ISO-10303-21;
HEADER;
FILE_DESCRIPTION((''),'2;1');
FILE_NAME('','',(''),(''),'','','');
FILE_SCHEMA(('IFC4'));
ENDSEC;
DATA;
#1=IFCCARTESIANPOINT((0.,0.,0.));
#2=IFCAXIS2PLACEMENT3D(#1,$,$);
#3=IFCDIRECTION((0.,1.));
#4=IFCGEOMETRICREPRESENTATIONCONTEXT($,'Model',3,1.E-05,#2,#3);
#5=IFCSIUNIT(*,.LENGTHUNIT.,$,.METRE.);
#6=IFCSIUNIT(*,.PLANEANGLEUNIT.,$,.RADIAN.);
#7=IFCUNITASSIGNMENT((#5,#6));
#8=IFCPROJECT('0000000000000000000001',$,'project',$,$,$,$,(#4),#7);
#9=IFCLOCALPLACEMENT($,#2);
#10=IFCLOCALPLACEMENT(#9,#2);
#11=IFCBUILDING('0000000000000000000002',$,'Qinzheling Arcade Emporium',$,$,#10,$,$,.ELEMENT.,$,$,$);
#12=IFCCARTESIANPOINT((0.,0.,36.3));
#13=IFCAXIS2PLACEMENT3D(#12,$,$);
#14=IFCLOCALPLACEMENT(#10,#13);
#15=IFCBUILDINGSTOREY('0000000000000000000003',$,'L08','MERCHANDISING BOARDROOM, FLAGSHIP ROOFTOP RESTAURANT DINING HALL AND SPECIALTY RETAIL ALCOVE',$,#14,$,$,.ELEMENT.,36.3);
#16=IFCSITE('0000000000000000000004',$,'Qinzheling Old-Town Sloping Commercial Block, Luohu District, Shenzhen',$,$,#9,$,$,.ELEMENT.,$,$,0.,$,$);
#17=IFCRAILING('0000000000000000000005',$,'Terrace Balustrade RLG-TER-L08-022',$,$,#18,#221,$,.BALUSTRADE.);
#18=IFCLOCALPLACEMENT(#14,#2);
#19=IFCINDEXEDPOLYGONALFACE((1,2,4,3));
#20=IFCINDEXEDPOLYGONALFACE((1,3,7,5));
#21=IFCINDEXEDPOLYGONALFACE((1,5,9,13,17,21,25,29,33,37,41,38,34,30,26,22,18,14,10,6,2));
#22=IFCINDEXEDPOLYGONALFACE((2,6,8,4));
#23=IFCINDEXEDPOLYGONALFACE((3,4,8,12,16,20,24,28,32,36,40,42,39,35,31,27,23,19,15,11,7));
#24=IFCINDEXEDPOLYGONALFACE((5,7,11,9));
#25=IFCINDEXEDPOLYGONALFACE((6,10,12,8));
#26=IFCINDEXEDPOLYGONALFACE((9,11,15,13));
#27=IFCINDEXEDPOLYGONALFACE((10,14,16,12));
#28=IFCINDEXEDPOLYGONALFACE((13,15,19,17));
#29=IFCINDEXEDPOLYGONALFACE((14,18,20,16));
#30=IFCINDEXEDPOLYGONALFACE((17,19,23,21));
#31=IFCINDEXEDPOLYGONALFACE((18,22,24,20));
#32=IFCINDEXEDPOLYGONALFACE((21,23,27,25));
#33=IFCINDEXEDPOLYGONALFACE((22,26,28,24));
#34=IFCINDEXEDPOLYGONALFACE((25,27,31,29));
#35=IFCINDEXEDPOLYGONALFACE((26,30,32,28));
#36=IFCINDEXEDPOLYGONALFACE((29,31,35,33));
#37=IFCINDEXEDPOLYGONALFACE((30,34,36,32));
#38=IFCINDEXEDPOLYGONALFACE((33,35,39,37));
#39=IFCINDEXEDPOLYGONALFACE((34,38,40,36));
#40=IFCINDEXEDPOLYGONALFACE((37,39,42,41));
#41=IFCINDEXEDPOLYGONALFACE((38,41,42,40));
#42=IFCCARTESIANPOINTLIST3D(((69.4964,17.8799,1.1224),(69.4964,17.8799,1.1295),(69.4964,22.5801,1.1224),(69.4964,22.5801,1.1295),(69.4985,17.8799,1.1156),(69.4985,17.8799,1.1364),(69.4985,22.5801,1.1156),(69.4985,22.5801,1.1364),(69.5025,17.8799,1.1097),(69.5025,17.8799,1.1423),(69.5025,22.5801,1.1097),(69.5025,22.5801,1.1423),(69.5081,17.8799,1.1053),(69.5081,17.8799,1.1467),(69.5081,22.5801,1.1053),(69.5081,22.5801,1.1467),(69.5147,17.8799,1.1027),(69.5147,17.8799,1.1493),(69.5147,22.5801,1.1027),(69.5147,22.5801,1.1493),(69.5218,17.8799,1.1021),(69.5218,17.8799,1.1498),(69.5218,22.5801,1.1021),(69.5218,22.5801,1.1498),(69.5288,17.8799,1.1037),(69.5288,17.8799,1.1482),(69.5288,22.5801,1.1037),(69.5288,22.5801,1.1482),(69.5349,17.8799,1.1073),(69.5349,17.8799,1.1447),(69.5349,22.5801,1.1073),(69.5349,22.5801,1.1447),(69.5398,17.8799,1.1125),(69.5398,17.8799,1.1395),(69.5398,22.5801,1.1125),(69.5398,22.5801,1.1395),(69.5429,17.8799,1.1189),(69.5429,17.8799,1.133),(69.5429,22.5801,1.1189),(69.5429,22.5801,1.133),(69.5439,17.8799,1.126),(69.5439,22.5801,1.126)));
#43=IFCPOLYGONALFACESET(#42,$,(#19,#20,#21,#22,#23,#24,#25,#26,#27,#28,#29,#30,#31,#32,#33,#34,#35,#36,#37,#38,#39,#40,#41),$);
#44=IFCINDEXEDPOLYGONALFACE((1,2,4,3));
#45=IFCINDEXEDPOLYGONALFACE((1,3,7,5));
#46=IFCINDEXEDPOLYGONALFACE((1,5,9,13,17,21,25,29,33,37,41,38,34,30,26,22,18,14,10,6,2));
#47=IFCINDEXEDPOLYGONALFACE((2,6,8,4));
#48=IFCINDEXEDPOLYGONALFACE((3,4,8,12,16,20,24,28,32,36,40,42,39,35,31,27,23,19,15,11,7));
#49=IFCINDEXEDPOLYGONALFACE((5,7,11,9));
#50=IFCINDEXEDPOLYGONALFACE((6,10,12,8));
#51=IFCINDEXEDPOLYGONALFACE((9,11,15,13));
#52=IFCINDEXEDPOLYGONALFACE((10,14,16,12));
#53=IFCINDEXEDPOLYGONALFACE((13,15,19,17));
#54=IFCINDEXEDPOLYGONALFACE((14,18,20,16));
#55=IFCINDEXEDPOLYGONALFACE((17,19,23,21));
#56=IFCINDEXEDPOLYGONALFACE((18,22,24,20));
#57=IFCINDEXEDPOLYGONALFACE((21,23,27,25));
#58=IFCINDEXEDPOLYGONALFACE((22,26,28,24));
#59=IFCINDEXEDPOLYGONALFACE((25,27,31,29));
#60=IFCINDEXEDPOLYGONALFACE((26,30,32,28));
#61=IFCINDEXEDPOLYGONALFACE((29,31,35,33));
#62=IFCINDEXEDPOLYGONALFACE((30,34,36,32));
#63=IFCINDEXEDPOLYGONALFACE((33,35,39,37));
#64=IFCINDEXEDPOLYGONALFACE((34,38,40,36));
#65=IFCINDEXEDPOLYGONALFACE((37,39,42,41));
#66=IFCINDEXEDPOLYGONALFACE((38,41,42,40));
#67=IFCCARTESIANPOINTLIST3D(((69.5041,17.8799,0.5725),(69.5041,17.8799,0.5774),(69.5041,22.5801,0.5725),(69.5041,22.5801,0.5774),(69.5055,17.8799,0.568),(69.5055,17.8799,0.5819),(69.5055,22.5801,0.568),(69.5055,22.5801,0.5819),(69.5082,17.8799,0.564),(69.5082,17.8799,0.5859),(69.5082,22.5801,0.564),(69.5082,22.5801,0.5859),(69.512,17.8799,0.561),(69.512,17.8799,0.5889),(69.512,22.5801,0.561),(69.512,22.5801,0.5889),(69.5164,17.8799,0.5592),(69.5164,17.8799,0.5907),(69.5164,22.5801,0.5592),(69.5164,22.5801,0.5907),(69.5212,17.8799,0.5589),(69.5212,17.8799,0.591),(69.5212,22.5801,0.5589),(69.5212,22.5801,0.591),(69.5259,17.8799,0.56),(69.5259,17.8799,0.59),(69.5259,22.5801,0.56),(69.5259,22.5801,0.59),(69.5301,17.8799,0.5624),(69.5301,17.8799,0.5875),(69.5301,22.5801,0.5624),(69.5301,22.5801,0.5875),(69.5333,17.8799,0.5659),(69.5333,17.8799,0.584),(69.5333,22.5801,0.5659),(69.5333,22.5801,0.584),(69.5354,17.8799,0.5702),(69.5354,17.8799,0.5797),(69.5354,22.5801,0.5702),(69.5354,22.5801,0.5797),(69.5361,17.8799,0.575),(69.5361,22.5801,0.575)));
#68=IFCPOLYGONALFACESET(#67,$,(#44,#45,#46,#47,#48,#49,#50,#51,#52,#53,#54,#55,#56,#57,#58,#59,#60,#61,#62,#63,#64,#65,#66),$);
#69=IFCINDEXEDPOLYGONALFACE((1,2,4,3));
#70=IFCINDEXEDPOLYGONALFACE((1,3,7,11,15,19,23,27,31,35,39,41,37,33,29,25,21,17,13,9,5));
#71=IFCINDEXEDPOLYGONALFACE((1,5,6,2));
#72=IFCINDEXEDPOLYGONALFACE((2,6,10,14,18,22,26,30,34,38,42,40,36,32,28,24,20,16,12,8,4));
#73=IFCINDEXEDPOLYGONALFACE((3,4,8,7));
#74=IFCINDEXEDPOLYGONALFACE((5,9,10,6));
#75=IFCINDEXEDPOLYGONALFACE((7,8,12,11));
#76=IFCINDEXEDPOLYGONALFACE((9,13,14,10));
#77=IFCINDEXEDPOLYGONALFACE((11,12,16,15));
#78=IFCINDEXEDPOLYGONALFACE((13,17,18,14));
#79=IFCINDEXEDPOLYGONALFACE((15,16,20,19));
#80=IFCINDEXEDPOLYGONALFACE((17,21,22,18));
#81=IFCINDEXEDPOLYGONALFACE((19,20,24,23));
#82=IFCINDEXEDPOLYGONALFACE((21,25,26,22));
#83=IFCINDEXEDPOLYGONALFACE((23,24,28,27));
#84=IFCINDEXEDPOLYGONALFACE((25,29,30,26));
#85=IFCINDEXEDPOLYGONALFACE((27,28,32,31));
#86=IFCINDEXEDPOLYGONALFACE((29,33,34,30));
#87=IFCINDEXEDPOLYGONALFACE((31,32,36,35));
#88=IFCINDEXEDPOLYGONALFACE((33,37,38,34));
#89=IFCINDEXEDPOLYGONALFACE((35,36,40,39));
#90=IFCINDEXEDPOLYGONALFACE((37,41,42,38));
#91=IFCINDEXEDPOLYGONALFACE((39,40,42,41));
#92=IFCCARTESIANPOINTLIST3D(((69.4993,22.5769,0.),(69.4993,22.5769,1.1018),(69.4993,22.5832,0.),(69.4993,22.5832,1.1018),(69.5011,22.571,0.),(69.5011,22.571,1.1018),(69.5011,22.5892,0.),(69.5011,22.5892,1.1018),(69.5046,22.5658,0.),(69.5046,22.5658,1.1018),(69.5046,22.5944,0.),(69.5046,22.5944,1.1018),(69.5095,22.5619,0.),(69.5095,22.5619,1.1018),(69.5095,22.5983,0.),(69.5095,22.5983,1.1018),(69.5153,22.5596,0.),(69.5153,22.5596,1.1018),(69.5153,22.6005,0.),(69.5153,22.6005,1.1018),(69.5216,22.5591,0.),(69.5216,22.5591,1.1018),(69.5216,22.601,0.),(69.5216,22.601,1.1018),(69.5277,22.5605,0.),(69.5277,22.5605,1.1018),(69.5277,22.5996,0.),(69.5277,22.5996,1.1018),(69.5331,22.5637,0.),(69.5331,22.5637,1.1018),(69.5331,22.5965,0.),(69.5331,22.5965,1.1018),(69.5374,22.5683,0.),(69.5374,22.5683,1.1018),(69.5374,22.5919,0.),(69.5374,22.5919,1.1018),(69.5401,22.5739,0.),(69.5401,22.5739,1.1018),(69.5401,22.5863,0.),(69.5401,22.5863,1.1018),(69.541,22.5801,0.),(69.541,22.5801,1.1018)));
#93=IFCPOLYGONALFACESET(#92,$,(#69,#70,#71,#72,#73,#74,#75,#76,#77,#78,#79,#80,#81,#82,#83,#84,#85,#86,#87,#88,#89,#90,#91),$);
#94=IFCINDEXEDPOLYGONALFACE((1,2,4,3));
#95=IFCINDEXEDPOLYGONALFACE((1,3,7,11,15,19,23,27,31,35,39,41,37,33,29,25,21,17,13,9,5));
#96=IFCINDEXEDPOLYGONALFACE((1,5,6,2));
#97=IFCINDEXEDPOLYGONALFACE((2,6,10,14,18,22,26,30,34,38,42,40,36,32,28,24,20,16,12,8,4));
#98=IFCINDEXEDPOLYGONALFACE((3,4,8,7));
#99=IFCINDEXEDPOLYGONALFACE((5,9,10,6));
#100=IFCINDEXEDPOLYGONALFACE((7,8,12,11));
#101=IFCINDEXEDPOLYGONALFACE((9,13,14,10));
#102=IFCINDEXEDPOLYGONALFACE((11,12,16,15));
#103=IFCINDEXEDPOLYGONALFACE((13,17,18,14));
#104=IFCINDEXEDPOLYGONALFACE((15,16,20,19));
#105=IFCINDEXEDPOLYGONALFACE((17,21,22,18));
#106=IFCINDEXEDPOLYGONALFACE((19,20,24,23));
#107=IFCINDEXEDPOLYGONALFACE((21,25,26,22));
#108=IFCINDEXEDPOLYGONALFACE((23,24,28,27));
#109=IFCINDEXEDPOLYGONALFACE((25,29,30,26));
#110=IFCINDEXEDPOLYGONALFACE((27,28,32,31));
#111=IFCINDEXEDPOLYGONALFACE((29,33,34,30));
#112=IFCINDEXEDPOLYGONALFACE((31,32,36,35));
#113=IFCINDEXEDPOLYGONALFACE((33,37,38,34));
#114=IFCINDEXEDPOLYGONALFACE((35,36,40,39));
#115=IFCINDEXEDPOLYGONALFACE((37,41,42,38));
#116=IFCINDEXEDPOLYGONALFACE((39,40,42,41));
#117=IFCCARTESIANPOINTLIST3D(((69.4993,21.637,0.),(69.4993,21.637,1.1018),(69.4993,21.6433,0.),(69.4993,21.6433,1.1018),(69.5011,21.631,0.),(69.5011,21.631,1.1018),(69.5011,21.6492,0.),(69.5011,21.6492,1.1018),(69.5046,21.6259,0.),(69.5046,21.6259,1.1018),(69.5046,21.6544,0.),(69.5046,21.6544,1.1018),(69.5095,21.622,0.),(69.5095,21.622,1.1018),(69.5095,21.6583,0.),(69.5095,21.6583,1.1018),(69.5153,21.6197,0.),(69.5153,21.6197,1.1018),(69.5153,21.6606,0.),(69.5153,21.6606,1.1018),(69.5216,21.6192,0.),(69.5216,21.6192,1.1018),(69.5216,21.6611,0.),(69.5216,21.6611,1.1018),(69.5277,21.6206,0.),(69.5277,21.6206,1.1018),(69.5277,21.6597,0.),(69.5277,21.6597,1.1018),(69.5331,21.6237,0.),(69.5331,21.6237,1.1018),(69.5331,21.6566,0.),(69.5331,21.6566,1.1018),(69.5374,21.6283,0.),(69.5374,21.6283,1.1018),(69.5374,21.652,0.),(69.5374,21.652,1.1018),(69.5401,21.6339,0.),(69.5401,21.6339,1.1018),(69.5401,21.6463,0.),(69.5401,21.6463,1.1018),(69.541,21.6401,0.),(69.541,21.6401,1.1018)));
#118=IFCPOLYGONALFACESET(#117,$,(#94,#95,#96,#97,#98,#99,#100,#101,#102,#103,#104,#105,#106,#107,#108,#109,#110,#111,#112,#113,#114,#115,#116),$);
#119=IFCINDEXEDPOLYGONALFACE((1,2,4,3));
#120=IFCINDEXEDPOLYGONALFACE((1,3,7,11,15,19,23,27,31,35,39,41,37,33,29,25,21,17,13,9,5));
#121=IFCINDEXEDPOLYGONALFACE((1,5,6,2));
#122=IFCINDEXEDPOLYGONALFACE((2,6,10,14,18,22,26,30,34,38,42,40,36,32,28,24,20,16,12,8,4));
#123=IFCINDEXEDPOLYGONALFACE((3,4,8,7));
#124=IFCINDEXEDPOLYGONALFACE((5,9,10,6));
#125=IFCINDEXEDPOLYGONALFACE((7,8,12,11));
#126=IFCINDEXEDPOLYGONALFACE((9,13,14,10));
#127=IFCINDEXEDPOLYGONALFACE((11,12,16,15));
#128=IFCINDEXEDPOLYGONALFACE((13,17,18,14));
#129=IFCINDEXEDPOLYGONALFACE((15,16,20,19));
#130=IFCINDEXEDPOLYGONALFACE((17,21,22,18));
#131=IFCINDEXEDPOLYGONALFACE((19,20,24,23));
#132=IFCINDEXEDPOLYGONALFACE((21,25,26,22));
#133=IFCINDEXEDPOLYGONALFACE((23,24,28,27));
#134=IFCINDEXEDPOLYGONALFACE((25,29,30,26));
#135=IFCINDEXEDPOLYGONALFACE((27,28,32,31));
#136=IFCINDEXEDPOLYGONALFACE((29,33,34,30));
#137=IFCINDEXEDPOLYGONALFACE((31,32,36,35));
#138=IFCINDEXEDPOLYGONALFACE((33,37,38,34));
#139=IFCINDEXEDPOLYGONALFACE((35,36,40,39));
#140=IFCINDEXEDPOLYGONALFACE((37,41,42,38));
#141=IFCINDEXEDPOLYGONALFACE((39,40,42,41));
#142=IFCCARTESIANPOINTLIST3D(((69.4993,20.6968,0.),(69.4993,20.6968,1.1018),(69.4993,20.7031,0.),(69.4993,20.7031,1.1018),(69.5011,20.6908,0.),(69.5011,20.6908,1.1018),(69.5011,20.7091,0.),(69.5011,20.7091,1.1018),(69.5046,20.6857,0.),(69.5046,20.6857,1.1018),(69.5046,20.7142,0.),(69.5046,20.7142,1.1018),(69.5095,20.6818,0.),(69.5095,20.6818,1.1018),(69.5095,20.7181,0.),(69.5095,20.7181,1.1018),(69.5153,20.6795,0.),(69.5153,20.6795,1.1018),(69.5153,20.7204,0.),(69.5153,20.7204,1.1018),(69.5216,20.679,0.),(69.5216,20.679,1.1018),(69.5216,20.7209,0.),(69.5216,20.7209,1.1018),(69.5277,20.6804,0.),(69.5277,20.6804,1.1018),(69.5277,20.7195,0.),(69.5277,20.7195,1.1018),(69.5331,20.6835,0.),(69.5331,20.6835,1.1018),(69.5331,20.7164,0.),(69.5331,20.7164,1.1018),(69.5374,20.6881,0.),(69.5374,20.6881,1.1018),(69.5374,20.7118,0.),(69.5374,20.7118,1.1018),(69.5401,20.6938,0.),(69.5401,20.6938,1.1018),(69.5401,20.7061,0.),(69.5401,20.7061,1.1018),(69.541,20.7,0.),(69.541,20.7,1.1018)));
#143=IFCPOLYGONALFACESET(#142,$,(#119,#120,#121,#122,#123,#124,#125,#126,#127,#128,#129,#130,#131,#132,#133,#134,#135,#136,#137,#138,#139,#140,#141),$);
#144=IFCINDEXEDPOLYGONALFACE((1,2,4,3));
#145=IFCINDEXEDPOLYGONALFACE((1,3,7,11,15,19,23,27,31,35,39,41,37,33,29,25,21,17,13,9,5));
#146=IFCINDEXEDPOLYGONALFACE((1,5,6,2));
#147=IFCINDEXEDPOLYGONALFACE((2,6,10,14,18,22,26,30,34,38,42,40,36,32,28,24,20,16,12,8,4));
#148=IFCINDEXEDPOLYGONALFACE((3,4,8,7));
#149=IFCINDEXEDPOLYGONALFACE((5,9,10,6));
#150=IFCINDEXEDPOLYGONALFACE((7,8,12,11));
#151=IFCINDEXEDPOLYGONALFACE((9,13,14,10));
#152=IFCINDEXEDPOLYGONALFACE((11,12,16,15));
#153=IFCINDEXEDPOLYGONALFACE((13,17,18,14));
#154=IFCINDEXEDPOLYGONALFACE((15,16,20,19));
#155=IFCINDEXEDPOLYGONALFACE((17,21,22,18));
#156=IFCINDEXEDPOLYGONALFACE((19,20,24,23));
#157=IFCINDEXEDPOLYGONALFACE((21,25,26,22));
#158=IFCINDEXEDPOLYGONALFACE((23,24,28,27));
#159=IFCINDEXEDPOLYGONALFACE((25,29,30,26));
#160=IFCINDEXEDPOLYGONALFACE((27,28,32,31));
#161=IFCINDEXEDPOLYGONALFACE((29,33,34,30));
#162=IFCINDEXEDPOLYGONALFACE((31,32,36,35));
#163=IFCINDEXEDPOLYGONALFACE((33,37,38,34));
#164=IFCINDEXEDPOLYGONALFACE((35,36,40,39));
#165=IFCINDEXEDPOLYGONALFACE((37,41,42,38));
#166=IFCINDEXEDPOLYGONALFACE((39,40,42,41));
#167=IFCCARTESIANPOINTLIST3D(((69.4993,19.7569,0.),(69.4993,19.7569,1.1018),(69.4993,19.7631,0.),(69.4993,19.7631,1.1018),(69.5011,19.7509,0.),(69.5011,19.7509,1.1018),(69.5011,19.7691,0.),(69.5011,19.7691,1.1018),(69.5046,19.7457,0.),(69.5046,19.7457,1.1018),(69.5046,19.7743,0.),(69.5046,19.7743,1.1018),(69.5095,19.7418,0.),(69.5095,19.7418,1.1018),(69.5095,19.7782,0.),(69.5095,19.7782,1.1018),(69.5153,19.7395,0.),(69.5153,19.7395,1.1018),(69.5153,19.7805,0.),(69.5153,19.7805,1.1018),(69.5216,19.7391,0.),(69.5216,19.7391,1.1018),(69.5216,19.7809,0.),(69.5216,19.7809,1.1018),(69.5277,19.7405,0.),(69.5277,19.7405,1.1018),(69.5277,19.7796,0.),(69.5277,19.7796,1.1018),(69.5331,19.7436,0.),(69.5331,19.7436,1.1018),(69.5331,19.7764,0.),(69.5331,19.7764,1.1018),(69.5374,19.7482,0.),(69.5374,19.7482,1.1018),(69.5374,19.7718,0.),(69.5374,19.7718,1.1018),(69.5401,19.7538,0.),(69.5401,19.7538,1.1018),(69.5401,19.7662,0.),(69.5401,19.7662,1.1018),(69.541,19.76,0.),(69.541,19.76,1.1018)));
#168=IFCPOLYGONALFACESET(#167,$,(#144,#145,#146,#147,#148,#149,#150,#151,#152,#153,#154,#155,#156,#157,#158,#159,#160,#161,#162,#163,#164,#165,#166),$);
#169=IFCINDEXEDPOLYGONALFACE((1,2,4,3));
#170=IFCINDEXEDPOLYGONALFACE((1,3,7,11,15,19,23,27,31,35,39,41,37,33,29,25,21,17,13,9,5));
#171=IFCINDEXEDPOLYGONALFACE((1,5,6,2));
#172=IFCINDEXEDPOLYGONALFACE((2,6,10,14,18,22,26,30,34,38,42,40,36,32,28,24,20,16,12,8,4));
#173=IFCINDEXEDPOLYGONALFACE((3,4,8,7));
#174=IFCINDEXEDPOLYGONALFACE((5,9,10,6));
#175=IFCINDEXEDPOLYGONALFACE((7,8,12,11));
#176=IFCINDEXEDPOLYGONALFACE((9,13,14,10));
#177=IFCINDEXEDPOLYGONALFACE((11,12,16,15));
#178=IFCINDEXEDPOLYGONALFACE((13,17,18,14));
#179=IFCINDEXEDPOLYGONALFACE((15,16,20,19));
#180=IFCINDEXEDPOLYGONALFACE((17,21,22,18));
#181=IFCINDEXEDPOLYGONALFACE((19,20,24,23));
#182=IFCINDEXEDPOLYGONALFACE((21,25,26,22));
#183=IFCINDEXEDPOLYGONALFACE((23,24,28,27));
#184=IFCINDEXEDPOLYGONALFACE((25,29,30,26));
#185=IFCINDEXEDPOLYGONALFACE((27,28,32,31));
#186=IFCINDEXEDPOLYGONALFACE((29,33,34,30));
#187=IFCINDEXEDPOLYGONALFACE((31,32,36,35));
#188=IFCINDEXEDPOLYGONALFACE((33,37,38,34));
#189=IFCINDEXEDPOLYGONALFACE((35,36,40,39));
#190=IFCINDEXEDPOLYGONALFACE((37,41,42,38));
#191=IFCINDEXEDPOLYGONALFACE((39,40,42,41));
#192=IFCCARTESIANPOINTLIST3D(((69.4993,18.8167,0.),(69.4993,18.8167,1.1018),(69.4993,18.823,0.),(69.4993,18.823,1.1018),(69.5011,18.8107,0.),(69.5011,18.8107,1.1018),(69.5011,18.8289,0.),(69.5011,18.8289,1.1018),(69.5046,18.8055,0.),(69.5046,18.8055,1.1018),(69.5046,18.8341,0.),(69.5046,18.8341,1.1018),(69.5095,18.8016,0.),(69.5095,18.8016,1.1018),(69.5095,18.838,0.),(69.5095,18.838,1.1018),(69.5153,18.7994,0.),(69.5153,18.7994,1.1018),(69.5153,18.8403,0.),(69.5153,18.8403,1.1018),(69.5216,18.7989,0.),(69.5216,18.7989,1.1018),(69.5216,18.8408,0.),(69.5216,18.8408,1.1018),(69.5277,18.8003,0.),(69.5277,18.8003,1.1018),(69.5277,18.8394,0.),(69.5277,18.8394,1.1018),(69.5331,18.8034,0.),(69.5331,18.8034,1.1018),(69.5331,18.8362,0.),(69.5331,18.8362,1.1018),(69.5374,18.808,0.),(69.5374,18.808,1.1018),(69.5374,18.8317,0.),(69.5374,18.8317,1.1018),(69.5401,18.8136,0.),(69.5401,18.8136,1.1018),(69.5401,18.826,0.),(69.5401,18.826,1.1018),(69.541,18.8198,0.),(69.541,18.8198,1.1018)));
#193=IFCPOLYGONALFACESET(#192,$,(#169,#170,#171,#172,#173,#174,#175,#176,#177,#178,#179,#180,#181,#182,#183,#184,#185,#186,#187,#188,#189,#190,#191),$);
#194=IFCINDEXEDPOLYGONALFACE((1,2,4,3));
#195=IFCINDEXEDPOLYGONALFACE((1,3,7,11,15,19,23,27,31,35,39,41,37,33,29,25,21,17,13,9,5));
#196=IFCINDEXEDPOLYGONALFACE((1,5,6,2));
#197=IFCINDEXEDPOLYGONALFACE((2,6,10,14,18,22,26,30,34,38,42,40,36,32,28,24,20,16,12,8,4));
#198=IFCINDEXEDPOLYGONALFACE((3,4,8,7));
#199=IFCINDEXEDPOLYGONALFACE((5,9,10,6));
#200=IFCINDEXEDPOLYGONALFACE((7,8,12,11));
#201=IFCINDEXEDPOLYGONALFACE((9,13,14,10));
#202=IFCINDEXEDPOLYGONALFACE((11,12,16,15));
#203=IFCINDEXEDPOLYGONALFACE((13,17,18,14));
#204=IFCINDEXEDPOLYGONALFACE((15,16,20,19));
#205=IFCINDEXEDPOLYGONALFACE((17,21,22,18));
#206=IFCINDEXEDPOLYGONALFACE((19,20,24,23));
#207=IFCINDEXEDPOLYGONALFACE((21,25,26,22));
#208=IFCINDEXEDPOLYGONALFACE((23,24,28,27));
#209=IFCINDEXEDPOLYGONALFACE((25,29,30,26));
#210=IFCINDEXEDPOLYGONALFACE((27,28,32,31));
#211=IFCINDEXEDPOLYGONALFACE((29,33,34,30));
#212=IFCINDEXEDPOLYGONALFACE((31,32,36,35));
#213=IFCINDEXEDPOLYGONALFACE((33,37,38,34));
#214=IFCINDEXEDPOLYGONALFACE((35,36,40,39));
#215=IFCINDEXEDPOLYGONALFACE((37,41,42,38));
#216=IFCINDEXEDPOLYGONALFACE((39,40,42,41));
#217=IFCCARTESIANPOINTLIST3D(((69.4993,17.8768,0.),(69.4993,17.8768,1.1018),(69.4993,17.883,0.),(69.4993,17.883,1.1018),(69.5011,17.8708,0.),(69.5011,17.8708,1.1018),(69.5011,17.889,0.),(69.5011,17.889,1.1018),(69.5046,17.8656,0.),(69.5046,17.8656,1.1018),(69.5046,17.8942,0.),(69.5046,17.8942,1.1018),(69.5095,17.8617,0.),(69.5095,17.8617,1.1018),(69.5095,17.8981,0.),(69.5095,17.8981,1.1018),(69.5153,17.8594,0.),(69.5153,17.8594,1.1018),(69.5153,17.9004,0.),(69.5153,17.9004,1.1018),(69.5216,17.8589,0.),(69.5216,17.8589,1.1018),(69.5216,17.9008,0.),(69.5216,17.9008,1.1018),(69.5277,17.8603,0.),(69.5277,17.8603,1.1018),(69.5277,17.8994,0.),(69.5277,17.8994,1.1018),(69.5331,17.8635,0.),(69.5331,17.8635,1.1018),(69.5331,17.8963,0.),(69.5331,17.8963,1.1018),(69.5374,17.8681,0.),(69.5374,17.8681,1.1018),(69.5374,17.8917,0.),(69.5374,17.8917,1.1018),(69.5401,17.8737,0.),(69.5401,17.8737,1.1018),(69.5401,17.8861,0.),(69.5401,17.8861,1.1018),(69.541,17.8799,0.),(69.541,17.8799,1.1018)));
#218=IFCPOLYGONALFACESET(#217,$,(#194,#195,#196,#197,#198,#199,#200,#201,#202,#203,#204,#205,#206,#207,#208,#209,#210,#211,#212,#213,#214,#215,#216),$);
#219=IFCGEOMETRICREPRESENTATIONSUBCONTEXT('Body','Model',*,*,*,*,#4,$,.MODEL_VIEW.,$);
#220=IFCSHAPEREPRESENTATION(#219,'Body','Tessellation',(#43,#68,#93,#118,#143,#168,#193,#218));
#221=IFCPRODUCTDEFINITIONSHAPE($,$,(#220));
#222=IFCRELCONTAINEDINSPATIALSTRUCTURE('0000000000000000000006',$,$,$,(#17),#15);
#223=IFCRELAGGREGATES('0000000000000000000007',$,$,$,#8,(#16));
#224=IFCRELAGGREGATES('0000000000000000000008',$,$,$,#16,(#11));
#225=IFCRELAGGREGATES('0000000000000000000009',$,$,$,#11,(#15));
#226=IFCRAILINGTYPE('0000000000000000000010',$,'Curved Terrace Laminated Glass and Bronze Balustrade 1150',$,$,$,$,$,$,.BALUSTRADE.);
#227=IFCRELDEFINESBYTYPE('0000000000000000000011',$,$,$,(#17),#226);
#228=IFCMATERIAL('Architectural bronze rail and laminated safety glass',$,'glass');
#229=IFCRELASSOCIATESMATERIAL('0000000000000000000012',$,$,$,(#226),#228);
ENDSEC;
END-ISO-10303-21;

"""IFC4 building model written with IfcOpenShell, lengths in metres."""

from ifc_helpers import new_model, si_unit, direction, frame, origin, origin_2d, place, context, subcontext, project, spatial, circle, extrude, material, type_object, element, save


model = new_model("IFC4")

# Units and contexts
model_context = context("Model", 3, precision=1e-05, world=origin(), true_north=direction((0.0, 1.0)))
body_context = subcontext(model_context, "Body", "Model", "MODEL_VIEW")
ifc_project = project(units=[si_unit("LENGTHUNIT", "METRE"), si_unit("PLANEANGLEUNIT", "RADIAN")], contexts=[model_context])

# Site, building, storey
site_placement = place(None, origin())
site = spatial("IfcSite", under=ifc_project, at=site_placement, Name="Qinzheling Old-Town Sloping Commercial Block, Luohu District, Shenzhen", CompositionType="ELEMENT", RefElevation=0.0)
building_placement = place(site_placement, origin())
building = spatial("IfcBuilding", under=site, at=building_placement, Name="Qinzheling Arcade Emporium", CompositionType="ELEMENT")
storey_placement = place(building_placement, frame((0.0, 0.0, 36.3)))
storey = spatial("IfcBuildingStorey", under=building, at=storey_placement, Name="L08", Description="MERCHANDISING BOARDROOM, FLAGSHIP ROOFTOP RESTAURANT DINING HALL AND SPECIALTY RETAIL ALCOVE", CompositionType="ELEMENT", Elevation=36.3)

# Railing
ifc_material_1 = material(Name="Architectural bronze rail and laminated safety glass", Category="glass")
railing_type = type_object("IfcRailingType", Name="Curved Terrace Laminated Glass and Bronze Balustrade 1150", PredefinedType="BALUSTRADE", material=ifc_material_1)
railing_1_placement = place(storey_placement, frame((69.52, 22.5801, 0.0)))
element("IfcRailing", 1, at=railing_1_placement, inside=storey, type_object=railing_type, Name="Terrace Balustrade RLG-TER-L08-022", PredefinedType="BALUSTRADE", context=body_context, shape_type="SweptSolid", body=[
    extrude(circle(Radius=0.0239, at=origin_2d()), frame((0.0, 0.0, 1.126), z_axis=(0.0, -1.0, 0.0), x_axis=(1.0, 0.0, 0.0)), (0.0, 0.0, 1.0), 4.7002),
    extrude(circle(Radius=0.0161, at=origin_2d()), frame((0.0, 0.0, 0.575), z_axis=(0.0, -1.0, 0.0), x_axis=(1.0, 0.0, 0.0)), (0.0, 0.0, 1.0), 4.7002),
    extrude(circle(Radius=0.021, at=origin_2d()), origin(), (0.0, 0.0, 1.0), 1.1018),
    extrude(circle(Radius=0.021, at=origin_2d()), frame((0.0, -0.9399, 0.0)), (0.0, 0.0, 1.0), 1.1018),
    extrude(circle(Radius=0.021, at=origin_2d()), frame((0.0, -1.8801, 0.0)), (0.0, 0.0, 1.0), 1.1018),
    extrude(circle(Radius=0.021, at=origin_2d()), frame((0.0, -2.8201, 0.0)), (0.0, 0.0, 1.0), 1.1018),
    extrude(circle(Radius=0.021, at=origin_2d()), frame((0.0, -3.7603, 0.0)), (0.0, 0.0, 1.0), 1.1018),
    extrude(circle(Radius=0.021, at=origin_2d()), frame((0.0, -4.7002, 0.0)), (0.0, 0.0, 1.0), 1.1018),
])

save(model, "model.ifc")
